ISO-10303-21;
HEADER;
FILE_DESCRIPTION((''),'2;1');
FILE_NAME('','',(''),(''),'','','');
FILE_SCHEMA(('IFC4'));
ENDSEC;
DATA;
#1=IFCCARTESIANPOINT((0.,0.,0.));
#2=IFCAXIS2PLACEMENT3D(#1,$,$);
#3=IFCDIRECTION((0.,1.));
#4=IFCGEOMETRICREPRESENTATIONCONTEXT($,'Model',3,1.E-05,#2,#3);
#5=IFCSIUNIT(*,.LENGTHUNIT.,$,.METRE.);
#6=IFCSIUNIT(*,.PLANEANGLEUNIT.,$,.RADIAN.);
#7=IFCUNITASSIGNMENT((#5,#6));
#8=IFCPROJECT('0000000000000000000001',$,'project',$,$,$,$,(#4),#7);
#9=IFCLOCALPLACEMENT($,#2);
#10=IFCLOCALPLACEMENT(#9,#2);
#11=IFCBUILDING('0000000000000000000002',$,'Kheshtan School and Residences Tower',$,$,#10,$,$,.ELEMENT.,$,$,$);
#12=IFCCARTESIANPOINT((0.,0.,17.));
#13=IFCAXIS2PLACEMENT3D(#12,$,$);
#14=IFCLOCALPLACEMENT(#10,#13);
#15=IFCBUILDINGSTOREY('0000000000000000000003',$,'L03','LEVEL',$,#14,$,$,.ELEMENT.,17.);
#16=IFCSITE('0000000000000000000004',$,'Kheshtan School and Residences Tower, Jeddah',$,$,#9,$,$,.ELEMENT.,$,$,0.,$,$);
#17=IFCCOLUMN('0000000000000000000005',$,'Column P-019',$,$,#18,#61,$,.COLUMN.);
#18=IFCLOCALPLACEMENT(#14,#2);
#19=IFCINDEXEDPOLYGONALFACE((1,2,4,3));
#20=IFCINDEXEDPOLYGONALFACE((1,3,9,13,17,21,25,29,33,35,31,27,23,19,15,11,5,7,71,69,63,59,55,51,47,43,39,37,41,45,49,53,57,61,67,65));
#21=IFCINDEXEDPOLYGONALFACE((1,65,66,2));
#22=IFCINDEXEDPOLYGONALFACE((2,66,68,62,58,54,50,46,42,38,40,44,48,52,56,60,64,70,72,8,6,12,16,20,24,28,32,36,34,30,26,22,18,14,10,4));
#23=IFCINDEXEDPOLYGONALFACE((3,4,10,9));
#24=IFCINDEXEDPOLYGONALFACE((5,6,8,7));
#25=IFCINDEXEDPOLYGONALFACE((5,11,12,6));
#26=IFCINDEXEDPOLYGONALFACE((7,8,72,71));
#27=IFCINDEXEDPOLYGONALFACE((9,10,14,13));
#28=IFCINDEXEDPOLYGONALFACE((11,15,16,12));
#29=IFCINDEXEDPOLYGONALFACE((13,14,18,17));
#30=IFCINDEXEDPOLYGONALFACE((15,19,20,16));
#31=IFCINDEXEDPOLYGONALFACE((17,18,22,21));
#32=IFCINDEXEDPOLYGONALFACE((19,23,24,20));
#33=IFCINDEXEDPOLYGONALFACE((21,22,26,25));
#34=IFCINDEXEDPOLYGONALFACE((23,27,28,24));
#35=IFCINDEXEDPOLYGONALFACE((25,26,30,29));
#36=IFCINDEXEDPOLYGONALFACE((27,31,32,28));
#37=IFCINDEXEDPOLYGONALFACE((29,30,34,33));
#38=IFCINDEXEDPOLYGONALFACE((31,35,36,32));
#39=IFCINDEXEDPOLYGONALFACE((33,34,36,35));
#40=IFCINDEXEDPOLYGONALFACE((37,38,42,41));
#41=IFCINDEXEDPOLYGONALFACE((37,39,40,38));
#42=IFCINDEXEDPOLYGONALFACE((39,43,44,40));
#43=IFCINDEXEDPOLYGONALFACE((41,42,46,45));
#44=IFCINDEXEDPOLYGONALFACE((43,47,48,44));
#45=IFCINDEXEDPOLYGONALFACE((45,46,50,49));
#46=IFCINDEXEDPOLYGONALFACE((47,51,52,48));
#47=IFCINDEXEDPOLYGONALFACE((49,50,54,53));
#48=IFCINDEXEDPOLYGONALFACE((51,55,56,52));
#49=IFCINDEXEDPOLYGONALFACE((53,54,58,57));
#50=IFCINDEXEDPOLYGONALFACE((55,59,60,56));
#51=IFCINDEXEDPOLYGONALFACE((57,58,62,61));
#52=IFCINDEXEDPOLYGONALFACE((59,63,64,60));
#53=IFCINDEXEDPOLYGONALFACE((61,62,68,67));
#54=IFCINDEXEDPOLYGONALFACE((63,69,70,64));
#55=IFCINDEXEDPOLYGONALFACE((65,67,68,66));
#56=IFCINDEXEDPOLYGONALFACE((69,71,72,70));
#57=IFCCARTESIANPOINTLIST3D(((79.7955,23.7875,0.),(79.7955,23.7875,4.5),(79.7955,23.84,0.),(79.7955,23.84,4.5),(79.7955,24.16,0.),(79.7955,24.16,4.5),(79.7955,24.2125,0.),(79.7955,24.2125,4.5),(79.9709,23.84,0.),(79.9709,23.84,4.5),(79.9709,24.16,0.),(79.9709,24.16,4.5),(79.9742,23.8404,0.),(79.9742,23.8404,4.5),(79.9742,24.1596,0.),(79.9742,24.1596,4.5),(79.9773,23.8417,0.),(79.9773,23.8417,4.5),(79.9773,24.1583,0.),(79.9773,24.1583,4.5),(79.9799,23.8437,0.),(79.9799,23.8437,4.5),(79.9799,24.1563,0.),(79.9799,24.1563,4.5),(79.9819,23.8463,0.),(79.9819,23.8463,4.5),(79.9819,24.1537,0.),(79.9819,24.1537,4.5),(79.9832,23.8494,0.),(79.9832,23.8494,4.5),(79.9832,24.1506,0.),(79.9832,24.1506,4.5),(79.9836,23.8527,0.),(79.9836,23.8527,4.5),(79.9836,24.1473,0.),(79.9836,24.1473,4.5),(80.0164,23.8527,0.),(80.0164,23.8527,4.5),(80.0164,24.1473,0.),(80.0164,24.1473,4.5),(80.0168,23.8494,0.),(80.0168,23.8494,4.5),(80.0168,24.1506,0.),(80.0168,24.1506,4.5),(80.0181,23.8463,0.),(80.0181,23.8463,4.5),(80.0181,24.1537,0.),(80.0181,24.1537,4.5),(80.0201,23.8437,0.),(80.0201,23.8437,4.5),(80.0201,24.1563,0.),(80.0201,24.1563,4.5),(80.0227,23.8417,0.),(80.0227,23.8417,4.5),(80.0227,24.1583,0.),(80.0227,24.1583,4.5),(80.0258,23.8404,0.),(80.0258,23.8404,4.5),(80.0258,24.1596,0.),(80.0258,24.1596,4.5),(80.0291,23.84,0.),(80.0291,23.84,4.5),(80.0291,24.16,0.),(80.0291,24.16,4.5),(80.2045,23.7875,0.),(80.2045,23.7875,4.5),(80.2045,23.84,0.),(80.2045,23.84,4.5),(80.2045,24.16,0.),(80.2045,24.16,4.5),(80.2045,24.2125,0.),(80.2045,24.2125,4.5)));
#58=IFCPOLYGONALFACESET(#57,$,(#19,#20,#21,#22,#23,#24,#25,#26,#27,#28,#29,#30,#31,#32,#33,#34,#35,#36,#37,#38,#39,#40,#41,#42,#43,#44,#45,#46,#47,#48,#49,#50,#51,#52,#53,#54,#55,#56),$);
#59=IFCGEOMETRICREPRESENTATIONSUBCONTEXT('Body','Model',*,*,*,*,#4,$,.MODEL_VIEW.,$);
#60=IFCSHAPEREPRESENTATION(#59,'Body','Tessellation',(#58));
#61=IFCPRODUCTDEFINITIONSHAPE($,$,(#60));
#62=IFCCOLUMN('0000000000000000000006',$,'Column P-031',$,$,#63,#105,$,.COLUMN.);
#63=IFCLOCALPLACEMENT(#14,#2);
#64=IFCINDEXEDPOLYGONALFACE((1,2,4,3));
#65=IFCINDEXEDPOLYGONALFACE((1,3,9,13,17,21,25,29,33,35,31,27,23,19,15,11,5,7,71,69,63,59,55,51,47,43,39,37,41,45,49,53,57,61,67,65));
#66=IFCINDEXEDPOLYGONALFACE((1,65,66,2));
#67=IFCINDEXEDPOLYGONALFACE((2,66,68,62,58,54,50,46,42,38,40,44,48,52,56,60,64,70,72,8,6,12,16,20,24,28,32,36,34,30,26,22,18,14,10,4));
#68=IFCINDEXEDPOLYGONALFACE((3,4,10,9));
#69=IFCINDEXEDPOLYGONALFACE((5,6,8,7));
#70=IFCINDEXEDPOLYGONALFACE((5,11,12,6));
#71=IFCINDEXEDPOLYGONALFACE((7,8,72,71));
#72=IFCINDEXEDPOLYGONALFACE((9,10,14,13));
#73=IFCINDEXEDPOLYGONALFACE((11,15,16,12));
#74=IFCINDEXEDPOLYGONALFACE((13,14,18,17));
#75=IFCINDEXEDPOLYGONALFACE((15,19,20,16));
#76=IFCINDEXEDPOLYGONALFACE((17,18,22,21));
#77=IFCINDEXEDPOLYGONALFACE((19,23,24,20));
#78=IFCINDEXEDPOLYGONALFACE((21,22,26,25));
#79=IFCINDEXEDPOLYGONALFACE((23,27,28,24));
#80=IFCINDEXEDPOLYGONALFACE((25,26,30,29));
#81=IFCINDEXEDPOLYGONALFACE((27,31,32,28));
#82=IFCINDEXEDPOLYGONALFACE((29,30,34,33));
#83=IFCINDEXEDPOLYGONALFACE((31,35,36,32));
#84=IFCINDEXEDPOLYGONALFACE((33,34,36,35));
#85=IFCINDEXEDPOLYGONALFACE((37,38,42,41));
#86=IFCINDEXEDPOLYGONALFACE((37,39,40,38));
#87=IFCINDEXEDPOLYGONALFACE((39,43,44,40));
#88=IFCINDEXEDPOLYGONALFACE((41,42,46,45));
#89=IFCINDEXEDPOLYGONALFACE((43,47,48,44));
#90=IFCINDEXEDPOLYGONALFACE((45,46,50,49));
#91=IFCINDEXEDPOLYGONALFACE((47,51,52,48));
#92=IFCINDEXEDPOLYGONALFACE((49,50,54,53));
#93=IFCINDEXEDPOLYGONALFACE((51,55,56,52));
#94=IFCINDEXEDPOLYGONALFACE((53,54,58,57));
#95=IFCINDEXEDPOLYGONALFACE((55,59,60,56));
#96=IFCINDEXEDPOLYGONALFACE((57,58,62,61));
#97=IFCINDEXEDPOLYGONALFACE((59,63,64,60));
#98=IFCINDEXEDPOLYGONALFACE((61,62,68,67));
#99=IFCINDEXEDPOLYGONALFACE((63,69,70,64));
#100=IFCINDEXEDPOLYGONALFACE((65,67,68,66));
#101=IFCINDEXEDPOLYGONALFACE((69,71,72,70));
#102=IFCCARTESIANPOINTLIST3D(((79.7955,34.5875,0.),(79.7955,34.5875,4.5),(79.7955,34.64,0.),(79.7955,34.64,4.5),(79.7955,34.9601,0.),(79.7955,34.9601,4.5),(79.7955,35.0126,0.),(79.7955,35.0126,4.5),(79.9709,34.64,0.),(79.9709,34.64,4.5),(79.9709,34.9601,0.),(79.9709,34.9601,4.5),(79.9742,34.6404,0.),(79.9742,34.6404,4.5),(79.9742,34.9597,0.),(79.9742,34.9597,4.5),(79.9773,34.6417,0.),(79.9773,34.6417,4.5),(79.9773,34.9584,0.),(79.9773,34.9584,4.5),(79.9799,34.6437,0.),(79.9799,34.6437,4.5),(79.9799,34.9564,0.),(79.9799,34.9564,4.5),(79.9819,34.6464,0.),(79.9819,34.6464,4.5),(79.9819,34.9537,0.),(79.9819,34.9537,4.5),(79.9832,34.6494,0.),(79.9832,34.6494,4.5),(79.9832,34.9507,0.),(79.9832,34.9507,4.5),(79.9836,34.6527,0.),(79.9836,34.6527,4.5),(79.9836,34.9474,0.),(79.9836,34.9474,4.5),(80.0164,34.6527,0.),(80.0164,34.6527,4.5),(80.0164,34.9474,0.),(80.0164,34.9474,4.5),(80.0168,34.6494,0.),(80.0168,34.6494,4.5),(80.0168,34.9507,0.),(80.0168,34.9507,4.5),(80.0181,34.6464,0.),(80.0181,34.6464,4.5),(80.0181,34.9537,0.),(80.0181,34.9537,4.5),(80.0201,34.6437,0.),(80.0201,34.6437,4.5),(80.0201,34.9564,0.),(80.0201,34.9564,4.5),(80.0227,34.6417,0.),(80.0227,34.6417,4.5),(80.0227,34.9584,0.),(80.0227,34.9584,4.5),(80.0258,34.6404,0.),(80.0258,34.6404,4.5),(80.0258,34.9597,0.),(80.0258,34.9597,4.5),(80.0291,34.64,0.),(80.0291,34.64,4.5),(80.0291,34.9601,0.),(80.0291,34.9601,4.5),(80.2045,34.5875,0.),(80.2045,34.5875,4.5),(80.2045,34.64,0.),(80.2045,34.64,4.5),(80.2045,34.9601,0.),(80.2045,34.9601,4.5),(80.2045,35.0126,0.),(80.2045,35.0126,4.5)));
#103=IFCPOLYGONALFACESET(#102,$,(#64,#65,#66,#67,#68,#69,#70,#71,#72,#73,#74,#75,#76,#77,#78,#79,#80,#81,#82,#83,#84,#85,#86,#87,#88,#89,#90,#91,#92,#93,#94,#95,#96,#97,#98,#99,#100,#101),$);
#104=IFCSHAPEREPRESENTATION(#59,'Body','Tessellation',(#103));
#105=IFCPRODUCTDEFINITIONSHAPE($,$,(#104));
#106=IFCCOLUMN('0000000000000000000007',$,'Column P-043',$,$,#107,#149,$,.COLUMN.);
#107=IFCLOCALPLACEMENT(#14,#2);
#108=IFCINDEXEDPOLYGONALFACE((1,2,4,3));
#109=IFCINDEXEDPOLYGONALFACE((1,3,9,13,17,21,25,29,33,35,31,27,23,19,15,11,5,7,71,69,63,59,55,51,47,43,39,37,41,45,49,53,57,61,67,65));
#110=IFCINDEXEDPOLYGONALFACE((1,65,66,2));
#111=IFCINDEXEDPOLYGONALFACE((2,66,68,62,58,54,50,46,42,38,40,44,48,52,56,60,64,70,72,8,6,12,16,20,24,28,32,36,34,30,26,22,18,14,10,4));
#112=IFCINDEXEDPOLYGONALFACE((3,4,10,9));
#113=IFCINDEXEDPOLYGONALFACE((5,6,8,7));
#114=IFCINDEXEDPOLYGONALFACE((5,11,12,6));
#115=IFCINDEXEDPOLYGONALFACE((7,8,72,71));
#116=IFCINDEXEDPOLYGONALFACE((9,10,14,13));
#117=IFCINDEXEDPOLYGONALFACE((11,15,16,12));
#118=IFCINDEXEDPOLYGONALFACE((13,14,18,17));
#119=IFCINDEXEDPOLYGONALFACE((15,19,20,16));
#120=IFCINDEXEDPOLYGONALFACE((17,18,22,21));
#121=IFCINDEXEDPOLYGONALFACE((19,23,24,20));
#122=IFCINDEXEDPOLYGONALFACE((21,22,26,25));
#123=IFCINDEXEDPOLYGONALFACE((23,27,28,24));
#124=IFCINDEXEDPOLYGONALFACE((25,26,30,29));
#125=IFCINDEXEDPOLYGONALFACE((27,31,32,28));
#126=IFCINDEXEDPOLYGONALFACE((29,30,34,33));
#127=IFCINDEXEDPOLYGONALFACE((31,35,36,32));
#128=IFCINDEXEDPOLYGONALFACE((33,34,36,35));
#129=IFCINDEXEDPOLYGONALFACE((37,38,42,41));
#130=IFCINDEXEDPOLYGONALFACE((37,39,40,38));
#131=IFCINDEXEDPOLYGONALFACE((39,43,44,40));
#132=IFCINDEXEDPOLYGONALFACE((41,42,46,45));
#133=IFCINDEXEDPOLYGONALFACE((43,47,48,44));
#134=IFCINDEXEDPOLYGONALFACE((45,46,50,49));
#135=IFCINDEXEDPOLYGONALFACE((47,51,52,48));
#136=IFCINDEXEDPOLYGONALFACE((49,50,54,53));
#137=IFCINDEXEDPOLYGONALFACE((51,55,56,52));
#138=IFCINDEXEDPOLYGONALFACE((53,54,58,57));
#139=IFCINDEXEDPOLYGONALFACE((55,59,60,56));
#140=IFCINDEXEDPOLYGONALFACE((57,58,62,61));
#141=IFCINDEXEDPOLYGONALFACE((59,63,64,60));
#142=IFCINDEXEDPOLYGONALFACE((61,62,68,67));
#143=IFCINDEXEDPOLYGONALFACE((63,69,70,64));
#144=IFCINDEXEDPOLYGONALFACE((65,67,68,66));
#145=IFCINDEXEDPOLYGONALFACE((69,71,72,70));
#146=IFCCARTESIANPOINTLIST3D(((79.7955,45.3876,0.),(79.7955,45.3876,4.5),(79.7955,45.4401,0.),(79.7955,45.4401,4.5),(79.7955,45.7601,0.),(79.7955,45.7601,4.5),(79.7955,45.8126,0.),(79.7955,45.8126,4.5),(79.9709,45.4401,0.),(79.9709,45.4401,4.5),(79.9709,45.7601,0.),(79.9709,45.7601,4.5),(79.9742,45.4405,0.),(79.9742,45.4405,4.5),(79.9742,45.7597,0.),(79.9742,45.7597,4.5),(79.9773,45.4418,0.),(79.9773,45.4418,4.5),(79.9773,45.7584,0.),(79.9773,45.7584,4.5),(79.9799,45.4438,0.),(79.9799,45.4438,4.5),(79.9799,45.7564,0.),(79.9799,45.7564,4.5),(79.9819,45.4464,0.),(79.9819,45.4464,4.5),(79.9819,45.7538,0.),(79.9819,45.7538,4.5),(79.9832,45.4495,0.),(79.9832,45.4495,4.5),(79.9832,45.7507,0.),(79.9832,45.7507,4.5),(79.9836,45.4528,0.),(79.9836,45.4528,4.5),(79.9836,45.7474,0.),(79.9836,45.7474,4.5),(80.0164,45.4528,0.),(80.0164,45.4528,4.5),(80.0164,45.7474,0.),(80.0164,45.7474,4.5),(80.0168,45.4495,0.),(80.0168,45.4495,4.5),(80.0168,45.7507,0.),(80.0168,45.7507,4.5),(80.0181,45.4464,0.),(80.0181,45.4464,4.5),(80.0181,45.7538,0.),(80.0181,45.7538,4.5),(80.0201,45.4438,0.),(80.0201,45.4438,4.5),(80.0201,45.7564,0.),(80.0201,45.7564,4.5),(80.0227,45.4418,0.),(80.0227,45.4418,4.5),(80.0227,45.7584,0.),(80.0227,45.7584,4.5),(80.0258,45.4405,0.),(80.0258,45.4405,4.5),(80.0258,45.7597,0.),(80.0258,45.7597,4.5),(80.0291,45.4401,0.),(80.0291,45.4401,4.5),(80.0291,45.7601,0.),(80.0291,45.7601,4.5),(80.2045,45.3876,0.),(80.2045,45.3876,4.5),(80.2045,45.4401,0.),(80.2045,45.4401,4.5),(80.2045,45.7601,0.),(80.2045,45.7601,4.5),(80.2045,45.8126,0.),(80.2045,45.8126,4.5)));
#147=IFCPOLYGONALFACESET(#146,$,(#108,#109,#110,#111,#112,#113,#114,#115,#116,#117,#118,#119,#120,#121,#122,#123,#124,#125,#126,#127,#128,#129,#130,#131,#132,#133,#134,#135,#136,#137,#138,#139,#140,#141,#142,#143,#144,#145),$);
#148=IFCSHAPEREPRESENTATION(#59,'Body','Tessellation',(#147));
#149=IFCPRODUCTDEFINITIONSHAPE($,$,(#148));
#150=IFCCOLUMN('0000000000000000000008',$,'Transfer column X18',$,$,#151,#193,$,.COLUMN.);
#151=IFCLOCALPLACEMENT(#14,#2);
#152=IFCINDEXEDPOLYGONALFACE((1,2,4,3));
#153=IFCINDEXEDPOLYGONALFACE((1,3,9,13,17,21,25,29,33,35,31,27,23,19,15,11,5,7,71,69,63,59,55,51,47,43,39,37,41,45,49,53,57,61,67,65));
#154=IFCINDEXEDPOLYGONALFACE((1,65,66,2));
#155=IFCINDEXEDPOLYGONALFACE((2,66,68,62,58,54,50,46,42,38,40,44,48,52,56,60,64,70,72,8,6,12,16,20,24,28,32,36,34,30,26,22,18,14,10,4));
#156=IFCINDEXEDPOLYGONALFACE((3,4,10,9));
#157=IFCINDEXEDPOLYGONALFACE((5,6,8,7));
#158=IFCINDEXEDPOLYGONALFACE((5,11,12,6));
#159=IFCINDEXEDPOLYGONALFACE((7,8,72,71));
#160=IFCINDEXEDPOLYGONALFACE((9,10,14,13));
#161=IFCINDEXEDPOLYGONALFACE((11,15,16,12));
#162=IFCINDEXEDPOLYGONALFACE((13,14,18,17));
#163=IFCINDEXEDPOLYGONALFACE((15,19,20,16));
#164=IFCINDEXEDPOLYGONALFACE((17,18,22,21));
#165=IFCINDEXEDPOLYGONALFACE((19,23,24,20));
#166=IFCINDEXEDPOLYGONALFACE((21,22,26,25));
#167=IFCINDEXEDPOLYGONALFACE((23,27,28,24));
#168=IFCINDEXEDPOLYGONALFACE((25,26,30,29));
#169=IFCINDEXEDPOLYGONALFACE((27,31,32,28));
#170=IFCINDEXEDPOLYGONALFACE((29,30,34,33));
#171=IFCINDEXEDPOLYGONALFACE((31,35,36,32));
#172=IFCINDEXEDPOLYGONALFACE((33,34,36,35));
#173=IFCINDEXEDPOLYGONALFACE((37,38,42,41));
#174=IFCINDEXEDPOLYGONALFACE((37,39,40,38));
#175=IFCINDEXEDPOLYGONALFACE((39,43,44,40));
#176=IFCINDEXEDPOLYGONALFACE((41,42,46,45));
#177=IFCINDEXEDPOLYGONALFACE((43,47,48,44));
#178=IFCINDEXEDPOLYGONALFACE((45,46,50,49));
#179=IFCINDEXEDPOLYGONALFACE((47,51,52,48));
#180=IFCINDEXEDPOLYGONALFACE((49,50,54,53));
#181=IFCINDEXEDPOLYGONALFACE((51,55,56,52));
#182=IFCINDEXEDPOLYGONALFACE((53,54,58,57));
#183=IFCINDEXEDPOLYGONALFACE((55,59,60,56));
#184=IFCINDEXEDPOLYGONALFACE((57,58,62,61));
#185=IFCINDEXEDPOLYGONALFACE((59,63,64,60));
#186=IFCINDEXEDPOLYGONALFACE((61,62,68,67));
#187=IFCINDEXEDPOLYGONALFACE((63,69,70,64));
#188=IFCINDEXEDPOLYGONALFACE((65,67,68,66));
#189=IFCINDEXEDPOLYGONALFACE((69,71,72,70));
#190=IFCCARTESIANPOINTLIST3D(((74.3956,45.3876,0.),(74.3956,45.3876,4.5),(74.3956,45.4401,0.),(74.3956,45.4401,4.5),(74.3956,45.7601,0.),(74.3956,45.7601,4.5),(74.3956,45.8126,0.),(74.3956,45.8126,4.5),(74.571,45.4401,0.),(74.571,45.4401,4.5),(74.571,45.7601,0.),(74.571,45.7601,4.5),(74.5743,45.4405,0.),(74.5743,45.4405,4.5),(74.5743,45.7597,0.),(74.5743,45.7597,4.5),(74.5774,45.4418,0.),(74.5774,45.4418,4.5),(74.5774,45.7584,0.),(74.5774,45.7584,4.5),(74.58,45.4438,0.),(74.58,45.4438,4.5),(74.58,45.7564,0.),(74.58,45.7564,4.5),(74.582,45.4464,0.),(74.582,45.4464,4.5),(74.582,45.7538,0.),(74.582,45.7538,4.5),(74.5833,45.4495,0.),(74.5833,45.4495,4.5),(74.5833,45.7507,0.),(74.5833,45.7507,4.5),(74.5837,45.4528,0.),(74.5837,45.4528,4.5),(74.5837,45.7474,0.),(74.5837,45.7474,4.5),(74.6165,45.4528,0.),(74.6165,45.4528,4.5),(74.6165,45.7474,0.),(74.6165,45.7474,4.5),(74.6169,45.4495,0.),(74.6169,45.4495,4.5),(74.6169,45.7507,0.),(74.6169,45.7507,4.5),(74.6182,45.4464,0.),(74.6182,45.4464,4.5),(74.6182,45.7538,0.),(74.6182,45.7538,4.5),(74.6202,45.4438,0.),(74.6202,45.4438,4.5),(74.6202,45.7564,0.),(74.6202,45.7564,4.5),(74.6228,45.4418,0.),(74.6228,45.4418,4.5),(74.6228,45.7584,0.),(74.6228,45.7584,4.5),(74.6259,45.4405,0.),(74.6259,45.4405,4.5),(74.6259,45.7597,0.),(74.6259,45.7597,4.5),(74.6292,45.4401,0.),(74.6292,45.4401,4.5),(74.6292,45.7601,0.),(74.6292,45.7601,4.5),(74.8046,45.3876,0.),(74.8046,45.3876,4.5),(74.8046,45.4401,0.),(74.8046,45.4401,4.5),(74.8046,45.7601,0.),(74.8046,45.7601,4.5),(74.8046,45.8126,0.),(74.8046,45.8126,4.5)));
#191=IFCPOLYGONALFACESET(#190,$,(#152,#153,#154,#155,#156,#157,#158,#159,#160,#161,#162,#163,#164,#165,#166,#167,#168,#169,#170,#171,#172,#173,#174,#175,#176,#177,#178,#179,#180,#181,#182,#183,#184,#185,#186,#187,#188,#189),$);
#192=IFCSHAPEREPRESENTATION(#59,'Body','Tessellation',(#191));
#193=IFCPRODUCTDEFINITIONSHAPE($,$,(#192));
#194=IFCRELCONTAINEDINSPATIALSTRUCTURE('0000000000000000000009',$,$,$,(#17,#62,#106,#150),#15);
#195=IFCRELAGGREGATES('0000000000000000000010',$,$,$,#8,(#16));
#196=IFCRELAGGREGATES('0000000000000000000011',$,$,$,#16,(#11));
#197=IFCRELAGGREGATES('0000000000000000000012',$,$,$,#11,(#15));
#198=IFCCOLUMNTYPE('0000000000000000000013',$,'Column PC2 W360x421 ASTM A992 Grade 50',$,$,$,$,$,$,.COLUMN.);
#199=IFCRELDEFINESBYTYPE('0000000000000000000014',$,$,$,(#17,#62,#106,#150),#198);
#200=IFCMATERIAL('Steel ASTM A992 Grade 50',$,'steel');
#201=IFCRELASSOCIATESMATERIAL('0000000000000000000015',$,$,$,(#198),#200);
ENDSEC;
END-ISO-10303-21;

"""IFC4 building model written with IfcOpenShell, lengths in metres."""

from ifc_helpers import new_model, si_unit, direction, frame, origin, origin_2d, place, context, subcontext, project, spatial, i_section, extrude, material, material_profile, profile_set, type_object, element, save


model = new_model("IFC4")

# Units and contexts
model_context = context("Model", 3, precision=1e-05, world=origin(), true_north=direction((0.0, 1.0)))
body_context = subcontext(model_context, "Body", "Model", "MODEL_VIEW")
ifc_project = project(units=[si_unit("LENGTHUNIT", "METRE"), si_unit("PLANEANGLEUNIT", "RADIAN")], contexts=[model_context])

# Site, building, storey
site_placement = place(None, origin())
site = spatial("IfcSite", under=ifc_project, at=site_placement, Name="Kheshtan School and Residences Tower, Jeddah", CompositionType="ELEMENT", RefElevation=0.0)
building_placement = place(site_placement, origin())
building = spatial("IfcBuilding", under=site, at=building_placement, Name="Kheshtan School and Residences Tower", CompositionType="ELEMENT")
storey_placement = place(building_placement, frame((0.0, 0.0, 17.0)))
storey = spatial("IfcBuildingStorey", under=building, at=storey_placement, Name="L03", Description="LEVEL", CompositionType="ELEMENT", Elevation=17.0)

# Columns
ifc_material_1 = material(Name="Steel ASTM A992 Grade 50", Category="steel")
ifc_material_profile_1 = material_profile(ifc_material_1, i_section(OverallWidth=0.4089, OverallDepth=0.425, WebThickness=0.0327, FlangeThickness=0.0525, FilletRadius=0.0127, at=origin_2d()), Name="W360x421")
ifc_profile_set_1 = profile_set([ifc_material_profile_1], Name="Steel ASTM A992 Grade 50")
column_type = type_object("IfcColumnType", Name="Column PC2 W360x421 ASTM A992 Grade 50", PredefinedType="COLUMN", material=ifc_profile_set_1)
for number, where, z_axis, x_axis, name in (
    (1, (80.0, 24.0, 0.0), (0.0, 0.0, 1.0), (1.0, 0.0, 0.0), "Column P-019"),
    (2, (80.0, 34.8, 0.0), (0.0, 0.0, 1.0), (1.0, 0.0, 0.0), "Column P-031"),
    (3, (80.0, 45.6001, 0.0), (0.0, 0.0, 1.0), (1.0, 0.0, 0.0), "Column P-043"),
    (4, (74.6001, 45.6001, 0.0), (0.0, 0.0, 1.0), (1.0, 0.0, 0.0), "Transfer column X18"),
):
    element("IfcColumn", number, at=place(storey_placement, frame(where, z_axis=z_axis, x_axis=x_axis)), inside=storey, type_object=column_type, Name=name, PredefinedType="COLUMN", context=body_context, shape_type="SweptSolid", body=[
        extrude(i_section(OverallWidth=0.4089, OverallDepth=0.425, WebThickness=0.0327, FlangeThickness=0.0525, FilletRadius=0.0127, at=origin_2d()), origin(), (0.0, 0.0, 1.0), 4.5),
    ])

save(model, "model.ifc")
